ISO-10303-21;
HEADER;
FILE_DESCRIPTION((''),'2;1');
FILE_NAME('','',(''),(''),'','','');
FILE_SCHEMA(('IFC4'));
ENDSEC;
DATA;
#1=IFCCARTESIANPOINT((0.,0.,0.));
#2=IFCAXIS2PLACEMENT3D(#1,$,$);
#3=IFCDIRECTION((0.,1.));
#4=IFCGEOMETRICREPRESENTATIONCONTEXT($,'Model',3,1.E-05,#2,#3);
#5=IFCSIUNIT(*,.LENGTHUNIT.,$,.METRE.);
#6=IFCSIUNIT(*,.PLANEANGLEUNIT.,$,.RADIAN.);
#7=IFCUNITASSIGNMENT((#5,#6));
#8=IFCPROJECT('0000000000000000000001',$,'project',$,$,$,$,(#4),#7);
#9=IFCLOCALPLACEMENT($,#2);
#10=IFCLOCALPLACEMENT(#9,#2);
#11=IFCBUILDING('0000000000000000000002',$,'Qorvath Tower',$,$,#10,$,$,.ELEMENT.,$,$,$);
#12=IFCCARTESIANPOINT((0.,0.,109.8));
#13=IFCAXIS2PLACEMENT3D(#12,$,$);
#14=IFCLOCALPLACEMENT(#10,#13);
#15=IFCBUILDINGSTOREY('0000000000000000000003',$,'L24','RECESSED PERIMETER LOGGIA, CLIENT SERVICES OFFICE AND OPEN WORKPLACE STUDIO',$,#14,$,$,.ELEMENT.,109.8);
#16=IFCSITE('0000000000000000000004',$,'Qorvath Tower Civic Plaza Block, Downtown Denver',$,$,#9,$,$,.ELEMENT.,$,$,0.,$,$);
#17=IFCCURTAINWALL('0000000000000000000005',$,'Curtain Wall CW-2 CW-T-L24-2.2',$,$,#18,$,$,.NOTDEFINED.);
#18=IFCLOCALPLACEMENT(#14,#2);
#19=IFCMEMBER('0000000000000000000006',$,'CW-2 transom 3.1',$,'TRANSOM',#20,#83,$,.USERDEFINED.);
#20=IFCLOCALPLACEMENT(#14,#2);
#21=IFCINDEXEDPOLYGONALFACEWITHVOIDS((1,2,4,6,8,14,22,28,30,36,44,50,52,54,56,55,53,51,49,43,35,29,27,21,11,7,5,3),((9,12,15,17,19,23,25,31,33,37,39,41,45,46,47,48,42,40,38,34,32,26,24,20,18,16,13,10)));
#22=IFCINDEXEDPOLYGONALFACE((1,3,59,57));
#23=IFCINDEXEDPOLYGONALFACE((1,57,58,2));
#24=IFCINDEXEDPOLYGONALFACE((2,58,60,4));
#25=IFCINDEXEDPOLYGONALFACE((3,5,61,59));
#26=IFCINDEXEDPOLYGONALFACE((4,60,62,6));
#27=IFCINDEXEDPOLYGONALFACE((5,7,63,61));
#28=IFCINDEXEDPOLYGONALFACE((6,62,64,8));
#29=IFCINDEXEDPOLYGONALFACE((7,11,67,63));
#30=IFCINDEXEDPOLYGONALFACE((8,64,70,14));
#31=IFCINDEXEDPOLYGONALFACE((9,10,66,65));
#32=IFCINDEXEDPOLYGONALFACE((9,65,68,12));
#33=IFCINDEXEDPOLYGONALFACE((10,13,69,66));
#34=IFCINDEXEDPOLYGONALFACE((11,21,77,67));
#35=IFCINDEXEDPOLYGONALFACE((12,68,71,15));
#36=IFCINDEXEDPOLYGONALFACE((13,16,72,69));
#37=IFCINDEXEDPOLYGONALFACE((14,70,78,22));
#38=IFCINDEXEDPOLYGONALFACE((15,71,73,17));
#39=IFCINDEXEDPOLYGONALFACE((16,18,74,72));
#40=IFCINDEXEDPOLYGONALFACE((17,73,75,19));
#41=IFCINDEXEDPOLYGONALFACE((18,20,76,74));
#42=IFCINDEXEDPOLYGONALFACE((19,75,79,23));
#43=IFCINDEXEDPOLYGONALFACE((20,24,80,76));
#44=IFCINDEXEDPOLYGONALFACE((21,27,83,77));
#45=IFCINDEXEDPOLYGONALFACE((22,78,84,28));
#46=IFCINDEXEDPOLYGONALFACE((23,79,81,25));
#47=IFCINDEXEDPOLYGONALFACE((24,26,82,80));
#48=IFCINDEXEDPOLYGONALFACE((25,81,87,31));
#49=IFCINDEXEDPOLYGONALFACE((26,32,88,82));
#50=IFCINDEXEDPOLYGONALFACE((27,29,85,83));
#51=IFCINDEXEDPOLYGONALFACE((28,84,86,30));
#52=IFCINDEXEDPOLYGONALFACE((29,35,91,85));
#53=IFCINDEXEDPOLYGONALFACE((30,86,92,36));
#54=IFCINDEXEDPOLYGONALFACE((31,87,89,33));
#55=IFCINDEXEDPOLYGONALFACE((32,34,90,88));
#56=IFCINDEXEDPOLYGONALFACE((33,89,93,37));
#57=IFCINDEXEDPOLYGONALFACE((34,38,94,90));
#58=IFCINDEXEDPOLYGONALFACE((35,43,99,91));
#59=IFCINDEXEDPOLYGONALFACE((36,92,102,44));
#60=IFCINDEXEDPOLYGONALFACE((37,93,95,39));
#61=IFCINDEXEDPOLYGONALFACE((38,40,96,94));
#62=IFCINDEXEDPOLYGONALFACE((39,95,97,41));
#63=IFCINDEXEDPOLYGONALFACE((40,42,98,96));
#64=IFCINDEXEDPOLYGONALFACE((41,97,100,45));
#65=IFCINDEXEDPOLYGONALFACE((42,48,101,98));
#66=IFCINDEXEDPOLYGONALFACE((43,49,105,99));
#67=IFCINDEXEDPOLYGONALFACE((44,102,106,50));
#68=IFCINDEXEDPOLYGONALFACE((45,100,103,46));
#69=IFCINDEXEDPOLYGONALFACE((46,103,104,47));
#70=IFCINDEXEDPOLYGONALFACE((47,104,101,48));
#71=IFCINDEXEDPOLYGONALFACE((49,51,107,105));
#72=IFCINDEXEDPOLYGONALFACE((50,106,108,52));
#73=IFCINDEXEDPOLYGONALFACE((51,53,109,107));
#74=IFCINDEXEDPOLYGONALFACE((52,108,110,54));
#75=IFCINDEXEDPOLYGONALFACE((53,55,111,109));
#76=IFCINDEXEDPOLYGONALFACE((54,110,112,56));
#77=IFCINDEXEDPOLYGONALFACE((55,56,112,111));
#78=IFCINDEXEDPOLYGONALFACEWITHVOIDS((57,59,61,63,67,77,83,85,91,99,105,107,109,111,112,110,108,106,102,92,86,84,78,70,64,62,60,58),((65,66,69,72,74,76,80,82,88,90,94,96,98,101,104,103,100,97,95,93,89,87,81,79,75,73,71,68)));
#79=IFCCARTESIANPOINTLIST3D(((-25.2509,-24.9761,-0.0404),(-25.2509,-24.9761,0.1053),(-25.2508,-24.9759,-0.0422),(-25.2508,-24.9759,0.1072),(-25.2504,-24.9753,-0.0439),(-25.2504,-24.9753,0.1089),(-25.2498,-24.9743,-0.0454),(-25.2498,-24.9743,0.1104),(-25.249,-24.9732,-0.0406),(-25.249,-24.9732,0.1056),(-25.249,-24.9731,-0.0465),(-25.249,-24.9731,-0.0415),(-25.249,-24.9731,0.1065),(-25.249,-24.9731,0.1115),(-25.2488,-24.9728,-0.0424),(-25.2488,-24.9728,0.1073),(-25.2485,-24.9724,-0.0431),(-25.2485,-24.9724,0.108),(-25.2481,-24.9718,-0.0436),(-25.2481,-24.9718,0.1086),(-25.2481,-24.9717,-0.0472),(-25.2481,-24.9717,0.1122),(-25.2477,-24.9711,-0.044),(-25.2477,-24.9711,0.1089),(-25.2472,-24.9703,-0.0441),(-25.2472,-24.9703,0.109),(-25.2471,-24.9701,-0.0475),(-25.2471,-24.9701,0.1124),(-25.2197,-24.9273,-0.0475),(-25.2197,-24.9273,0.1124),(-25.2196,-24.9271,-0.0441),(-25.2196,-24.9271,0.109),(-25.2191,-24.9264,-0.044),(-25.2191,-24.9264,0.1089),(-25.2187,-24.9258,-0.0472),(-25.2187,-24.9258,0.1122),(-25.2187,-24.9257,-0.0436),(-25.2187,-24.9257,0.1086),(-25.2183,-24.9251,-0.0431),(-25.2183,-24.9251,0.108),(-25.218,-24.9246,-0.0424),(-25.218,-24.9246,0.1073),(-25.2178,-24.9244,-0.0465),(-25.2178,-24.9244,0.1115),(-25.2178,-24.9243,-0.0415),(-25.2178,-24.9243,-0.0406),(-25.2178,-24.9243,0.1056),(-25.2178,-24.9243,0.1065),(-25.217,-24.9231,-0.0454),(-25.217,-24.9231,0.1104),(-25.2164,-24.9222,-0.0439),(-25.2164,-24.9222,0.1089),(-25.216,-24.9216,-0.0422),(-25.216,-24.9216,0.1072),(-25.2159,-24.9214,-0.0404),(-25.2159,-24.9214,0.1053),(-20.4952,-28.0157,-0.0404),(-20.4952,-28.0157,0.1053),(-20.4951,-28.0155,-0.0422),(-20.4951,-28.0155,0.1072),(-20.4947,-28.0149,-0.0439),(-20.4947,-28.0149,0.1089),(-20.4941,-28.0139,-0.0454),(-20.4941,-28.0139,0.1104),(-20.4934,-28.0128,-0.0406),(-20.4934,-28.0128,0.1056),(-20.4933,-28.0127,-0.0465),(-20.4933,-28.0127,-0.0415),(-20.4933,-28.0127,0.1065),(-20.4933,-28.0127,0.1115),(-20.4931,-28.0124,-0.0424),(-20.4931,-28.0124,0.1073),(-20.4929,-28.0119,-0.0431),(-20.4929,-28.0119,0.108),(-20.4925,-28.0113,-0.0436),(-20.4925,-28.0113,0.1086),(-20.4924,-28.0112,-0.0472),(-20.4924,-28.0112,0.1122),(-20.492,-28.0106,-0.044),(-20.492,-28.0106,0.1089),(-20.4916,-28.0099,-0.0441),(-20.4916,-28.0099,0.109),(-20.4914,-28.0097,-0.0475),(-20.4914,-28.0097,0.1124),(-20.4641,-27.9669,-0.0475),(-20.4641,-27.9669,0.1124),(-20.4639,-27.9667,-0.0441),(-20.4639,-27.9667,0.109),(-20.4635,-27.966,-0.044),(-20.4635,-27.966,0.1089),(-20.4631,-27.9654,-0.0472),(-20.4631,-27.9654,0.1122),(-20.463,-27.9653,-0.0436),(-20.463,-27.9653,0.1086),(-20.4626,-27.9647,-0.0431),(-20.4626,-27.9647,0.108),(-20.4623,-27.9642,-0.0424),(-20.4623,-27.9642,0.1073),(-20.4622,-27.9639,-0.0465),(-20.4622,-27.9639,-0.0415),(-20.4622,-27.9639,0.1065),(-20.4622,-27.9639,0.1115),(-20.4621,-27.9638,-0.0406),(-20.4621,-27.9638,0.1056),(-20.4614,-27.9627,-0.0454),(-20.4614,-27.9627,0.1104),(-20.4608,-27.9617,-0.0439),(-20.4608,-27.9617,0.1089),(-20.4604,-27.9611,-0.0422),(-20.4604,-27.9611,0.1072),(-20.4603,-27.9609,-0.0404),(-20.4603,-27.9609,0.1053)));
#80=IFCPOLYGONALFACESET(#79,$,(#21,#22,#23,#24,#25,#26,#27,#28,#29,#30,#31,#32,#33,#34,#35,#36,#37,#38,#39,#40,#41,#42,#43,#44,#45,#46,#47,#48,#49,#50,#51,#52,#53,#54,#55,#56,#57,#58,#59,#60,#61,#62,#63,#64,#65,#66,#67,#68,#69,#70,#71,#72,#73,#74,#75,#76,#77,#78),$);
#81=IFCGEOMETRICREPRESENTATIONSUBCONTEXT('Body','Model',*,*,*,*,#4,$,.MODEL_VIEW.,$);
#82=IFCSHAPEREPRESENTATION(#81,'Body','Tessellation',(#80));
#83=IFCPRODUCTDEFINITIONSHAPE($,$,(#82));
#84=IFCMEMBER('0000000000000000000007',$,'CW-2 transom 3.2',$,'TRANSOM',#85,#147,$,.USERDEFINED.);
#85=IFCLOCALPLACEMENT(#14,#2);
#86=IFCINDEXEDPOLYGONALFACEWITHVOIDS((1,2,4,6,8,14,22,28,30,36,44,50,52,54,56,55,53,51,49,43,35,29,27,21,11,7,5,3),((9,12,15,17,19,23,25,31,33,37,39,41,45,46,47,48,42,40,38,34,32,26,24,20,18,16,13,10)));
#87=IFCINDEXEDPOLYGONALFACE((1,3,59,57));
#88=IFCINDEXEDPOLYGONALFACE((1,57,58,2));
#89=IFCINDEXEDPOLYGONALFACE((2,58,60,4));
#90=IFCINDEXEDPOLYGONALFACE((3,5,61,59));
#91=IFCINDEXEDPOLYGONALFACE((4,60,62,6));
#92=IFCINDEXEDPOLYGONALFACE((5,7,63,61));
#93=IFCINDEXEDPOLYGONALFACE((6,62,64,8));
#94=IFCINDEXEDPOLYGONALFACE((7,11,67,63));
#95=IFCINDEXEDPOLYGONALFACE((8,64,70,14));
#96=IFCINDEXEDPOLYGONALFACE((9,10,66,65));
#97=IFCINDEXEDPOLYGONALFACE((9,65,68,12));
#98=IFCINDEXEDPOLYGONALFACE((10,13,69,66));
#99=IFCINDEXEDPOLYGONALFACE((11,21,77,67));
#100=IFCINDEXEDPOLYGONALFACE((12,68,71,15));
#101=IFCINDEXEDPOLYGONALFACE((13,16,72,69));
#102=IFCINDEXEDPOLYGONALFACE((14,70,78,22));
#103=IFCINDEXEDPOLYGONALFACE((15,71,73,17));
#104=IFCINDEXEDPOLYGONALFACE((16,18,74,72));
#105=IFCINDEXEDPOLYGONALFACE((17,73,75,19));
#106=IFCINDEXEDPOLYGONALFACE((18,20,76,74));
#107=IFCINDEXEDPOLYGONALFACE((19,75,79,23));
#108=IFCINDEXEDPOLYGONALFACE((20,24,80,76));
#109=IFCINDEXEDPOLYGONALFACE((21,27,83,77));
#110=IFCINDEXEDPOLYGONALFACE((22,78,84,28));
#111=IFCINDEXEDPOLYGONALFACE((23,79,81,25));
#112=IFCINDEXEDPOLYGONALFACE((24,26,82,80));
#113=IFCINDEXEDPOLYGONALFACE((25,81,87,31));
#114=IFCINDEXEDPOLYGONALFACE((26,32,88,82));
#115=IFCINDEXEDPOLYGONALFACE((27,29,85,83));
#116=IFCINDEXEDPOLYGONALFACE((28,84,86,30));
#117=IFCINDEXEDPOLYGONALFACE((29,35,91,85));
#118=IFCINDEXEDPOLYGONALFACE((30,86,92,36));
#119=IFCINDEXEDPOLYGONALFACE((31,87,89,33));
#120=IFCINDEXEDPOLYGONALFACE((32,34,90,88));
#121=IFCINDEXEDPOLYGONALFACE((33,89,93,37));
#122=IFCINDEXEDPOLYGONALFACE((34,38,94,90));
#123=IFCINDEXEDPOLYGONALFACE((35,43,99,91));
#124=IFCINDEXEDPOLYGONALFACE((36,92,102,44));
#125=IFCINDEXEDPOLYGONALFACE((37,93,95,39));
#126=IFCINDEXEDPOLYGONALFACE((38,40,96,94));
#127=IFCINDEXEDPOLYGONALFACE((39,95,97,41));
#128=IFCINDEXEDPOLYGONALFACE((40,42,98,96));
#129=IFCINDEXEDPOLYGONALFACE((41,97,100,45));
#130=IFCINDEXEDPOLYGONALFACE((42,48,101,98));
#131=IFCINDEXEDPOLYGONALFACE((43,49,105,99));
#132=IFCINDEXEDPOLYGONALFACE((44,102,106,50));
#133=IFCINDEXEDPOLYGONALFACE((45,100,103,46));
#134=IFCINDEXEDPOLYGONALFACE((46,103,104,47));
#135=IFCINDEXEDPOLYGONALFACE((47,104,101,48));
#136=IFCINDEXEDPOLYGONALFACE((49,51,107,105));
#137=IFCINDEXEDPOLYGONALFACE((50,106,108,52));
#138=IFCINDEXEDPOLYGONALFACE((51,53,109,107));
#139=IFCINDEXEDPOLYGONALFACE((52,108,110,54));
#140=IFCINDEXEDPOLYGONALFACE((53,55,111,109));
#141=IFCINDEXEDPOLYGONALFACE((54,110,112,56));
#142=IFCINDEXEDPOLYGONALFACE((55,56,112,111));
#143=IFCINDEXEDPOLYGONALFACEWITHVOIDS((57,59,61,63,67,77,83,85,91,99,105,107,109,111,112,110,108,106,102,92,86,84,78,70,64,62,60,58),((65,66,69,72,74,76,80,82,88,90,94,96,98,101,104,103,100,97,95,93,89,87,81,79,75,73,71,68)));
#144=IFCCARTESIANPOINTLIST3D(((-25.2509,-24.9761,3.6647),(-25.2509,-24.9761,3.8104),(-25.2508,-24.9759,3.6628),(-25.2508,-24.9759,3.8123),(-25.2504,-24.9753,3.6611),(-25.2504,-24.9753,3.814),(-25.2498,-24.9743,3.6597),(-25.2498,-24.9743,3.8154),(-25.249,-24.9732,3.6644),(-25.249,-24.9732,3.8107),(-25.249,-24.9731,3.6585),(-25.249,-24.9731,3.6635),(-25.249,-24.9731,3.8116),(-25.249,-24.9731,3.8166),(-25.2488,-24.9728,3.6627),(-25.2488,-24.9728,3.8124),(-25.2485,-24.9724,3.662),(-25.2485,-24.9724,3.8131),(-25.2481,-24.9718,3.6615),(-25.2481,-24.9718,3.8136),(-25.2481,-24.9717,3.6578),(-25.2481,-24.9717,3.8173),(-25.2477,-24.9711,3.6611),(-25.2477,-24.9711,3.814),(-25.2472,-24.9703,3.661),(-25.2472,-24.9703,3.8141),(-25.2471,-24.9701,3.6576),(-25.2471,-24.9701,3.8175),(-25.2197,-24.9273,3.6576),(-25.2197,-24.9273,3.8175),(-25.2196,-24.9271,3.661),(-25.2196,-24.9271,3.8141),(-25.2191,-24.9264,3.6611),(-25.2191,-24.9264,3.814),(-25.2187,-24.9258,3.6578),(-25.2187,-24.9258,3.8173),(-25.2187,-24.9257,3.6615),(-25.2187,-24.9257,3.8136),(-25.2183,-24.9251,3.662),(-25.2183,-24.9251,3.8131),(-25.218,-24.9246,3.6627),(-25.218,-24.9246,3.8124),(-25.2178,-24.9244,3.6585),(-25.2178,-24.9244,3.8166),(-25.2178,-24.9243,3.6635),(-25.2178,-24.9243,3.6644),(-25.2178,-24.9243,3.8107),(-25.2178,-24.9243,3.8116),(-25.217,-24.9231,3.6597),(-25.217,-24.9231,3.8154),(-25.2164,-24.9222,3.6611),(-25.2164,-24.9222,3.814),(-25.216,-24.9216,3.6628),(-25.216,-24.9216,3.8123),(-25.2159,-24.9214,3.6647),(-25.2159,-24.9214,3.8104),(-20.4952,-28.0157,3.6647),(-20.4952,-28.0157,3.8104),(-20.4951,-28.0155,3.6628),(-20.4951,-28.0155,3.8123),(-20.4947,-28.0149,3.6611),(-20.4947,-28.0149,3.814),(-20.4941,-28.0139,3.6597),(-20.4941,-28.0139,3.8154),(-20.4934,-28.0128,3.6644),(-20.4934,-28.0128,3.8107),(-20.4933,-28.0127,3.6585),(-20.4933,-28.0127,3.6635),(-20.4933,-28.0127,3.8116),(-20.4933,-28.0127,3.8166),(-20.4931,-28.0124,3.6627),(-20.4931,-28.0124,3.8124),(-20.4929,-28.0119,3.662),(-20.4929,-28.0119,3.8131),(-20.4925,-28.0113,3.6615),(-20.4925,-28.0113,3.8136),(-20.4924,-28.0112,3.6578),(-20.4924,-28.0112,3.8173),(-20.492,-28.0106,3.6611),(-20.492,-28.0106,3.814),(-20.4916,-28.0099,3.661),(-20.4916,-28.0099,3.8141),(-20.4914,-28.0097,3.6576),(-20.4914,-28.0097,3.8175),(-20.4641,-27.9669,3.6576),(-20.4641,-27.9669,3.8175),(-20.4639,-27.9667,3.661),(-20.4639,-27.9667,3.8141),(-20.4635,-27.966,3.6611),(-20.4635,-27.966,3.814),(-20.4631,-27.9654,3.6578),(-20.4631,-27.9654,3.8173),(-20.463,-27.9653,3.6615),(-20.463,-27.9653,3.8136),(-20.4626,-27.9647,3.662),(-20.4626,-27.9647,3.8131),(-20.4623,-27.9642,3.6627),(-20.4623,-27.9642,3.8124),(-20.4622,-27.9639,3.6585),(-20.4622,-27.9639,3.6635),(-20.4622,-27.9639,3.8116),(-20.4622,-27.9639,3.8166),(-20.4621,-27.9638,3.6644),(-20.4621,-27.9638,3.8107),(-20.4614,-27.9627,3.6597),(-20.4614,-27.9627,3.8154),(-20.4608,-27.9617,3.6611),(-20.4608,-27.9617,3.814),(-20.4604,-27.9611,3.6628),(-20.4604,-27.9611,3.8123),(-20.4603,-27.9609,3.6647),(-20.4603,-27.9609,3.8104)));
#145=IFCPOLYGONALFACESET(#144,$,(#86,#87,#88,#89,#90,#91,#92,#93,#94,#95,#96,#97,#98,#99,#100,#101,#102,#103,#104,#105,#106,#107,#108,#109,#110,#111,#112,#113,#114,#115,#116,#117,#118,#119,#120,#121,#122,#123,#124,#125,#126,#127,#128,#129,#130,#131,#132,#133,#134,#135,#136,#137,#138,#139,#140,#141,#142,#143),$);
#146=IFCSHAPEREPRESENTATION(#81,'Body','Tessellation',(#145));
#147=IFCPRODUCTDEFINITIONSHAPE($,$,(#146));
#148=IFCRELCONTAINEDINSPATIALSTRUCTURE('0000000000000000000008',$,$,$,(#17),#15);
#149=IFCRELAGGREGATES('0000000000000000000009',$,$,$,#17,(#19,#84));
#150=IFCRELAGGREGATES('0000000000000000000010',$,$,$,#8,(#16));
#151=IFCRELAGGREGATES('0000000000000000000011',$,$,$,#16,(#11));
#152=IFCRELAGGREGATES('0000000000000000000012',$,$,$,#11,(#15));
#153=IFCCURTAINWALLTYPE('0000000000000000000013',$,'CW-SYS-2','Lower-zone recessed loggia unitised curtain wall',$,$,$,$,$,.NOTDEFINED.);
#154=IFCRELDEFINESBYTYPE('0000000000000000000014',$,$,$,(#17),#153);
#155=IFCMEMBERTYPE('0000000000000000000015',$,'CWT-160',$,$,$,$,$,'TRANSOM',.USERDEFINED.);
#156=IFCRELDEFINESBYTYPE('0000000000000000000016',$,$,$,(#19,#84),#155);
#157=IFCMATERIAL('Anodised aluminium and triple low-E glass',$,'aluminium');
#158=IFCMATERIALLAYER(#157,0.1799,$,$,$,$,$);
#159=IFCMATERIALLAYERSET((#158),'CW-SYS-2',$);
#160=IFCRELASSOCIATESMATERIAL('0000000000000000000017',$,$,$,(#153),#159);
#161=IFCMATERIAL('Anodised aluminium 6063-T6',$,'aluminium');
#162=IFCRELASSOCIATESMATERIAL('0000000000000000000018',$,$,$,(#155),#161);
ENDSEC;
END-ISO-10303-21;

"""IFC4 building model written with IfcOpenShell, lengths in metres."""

from ifc_helpers import new_model, si_unit, direction, frame, origin, origin_2d, place, context, subcontext, project, spatial, hollow_rectangle, extrude, material, layer, layer_set, material_profile, profile_set, type_object, element, aggregate, save


model = new_model("IFC4")

# Units and contexts
model_context = context("Model", 3, precision=1e-05, world=origin(), true_north=direction((0.0, 1.0)))
body_context = subcontext(model_context, "Body", "Model", "MODEL_VIEW")
ifc_project = project(units=[si_unit("LENGTHUNIT", "METRE"), si_unit("PLANEANGLEUNIT", "RADIAN")], contexts=[model_context])

# Site, building, storey
site_placement = place(None, origin())
site = spatial("IfcSite", under=ifc_project, at=site_placement, Name="Qorvath Tower Civic Plaza Block, Downtown Denver", CompositionType="ELEMENT", RefElevation=0.0)
building_placement = place(site_placement, origin())
building = spatial("IfcBuilding", under=site, at=building_placement, Name="Qorvath Tower", CompositionType="ELEMENT")
storey_placement = place(building_placement, frame((0.0, 0.0, 109.8)))
storey = spatial("IfcBuildingStorey", under=building, at=storey_placement, Name="L24", Description="RECESSED PERIMETER LOGGIA, CLIENT SERVICES OFFICE AND OPEN WORKPLACE STUDIO", CompositionType="ELEMENT", Elevation=109.8)

# Curtain wall, members
ifc_material_1 = material(Name="Anodised aluminium and triple low-E glass", Category="aluminium")
ifc_layer_1 = layer(ifc_material_1, 0.1799)
ifc_layer_set_1 = layer_set([ifc_layer_1], Name="CW-SYS-2")
curtain_wall_type = type_object("IfcCurtainWallType", Name="CW-SYS-2", Description="Lower-zone recessed loggia unitised curtain wall", PredefinedType="NOTDEFINED", material=ifc_layer_set_1)
curtain_wall_placement = place(storey_placement, origin())
curtain_wall = element("IfcCurtainWall", 1, at=curtain_wall_placement, inside=storey, type_object=curtain_wall_type, Name="Curtain Wall CW-2 CW-T-L24-2.2", PredefinedType="NOTDEFINED")
ifc_material_2 = material(Name="Anodised aluminium 6063-T6", Category="aluminium")
ifc_material_profile_1 = material_profile(ifc_material_2, hollow_rectangle(XDim=0.0649, YDim=0.1599, WallThickness=0.0034, InnerFilletRadius=0.0034, OuterFilletRadius=0.0071, at=origin_2d()), Name="CWT 160x65")
ifc_profile_set_1 = profile_set([ifc_material_profile_1], Name="Anodised aluminium 6063-T6")
member_type_1 = type_object("IfcMemberType", Name="CWT-160", ElementType="TRANSOM", PredefinedType="USERDEFINED", material=ifc_profile_set_1)
member_1_placement = place(storey_placement, frame((-25.2334, -24.9487, 0.0325), z_axis=(0.842596, -0.538545, 0.0), x_axis=(0.538545, 0.842596, 0.0)))
member_1 = element("IfcMember", 2, at=member_1_placement, type_object=member_type_1, Name="CW-2 transom 3.1", ObjectType="TRANSOM", PredefinedType="USERDEFINED", context=body_context, shape_type="SweptSolid", body=[
    extrude(hollow_rectangle(XDim=0.0649, YDim=0.1599, WallThickness=0.0034, InnerFilletRadius=0.0034, OuterFilletRadius=0.0071, at=origin_2d()), origin(), (0.0, 0.0, 1.0), 5.644),
])
member_2_placement = place(storey_placement, frame((-25.2334, -24.9487, 3.7375), z_axis=(0.842596, -0.538545, 0.0), x_axis=(0.538545, 0.842596, 0.0)))
member_2 = element("IfcMember", 3, at=member_2_placement, type_object=member_type_1, Name="CW-2 transom 3.2", ObjectType="TRANSOM", PredefinedType="USERDEFINED", context=body_context, shape_type="SweptSolid", body=[
    extrude(hollow_rectangle(XDim=0.0649, YDim=0.1599, WallThickness=0.0034, InnerFilletRadius=0.0034, OuterFilletRadius=0.0071, at=origin_2d()), origin(), (0.0, 0.0, 1.0), 5.644),
])
aggregate(curtain_wall, [member_1, member_2])

save(model, "model.ifc")
